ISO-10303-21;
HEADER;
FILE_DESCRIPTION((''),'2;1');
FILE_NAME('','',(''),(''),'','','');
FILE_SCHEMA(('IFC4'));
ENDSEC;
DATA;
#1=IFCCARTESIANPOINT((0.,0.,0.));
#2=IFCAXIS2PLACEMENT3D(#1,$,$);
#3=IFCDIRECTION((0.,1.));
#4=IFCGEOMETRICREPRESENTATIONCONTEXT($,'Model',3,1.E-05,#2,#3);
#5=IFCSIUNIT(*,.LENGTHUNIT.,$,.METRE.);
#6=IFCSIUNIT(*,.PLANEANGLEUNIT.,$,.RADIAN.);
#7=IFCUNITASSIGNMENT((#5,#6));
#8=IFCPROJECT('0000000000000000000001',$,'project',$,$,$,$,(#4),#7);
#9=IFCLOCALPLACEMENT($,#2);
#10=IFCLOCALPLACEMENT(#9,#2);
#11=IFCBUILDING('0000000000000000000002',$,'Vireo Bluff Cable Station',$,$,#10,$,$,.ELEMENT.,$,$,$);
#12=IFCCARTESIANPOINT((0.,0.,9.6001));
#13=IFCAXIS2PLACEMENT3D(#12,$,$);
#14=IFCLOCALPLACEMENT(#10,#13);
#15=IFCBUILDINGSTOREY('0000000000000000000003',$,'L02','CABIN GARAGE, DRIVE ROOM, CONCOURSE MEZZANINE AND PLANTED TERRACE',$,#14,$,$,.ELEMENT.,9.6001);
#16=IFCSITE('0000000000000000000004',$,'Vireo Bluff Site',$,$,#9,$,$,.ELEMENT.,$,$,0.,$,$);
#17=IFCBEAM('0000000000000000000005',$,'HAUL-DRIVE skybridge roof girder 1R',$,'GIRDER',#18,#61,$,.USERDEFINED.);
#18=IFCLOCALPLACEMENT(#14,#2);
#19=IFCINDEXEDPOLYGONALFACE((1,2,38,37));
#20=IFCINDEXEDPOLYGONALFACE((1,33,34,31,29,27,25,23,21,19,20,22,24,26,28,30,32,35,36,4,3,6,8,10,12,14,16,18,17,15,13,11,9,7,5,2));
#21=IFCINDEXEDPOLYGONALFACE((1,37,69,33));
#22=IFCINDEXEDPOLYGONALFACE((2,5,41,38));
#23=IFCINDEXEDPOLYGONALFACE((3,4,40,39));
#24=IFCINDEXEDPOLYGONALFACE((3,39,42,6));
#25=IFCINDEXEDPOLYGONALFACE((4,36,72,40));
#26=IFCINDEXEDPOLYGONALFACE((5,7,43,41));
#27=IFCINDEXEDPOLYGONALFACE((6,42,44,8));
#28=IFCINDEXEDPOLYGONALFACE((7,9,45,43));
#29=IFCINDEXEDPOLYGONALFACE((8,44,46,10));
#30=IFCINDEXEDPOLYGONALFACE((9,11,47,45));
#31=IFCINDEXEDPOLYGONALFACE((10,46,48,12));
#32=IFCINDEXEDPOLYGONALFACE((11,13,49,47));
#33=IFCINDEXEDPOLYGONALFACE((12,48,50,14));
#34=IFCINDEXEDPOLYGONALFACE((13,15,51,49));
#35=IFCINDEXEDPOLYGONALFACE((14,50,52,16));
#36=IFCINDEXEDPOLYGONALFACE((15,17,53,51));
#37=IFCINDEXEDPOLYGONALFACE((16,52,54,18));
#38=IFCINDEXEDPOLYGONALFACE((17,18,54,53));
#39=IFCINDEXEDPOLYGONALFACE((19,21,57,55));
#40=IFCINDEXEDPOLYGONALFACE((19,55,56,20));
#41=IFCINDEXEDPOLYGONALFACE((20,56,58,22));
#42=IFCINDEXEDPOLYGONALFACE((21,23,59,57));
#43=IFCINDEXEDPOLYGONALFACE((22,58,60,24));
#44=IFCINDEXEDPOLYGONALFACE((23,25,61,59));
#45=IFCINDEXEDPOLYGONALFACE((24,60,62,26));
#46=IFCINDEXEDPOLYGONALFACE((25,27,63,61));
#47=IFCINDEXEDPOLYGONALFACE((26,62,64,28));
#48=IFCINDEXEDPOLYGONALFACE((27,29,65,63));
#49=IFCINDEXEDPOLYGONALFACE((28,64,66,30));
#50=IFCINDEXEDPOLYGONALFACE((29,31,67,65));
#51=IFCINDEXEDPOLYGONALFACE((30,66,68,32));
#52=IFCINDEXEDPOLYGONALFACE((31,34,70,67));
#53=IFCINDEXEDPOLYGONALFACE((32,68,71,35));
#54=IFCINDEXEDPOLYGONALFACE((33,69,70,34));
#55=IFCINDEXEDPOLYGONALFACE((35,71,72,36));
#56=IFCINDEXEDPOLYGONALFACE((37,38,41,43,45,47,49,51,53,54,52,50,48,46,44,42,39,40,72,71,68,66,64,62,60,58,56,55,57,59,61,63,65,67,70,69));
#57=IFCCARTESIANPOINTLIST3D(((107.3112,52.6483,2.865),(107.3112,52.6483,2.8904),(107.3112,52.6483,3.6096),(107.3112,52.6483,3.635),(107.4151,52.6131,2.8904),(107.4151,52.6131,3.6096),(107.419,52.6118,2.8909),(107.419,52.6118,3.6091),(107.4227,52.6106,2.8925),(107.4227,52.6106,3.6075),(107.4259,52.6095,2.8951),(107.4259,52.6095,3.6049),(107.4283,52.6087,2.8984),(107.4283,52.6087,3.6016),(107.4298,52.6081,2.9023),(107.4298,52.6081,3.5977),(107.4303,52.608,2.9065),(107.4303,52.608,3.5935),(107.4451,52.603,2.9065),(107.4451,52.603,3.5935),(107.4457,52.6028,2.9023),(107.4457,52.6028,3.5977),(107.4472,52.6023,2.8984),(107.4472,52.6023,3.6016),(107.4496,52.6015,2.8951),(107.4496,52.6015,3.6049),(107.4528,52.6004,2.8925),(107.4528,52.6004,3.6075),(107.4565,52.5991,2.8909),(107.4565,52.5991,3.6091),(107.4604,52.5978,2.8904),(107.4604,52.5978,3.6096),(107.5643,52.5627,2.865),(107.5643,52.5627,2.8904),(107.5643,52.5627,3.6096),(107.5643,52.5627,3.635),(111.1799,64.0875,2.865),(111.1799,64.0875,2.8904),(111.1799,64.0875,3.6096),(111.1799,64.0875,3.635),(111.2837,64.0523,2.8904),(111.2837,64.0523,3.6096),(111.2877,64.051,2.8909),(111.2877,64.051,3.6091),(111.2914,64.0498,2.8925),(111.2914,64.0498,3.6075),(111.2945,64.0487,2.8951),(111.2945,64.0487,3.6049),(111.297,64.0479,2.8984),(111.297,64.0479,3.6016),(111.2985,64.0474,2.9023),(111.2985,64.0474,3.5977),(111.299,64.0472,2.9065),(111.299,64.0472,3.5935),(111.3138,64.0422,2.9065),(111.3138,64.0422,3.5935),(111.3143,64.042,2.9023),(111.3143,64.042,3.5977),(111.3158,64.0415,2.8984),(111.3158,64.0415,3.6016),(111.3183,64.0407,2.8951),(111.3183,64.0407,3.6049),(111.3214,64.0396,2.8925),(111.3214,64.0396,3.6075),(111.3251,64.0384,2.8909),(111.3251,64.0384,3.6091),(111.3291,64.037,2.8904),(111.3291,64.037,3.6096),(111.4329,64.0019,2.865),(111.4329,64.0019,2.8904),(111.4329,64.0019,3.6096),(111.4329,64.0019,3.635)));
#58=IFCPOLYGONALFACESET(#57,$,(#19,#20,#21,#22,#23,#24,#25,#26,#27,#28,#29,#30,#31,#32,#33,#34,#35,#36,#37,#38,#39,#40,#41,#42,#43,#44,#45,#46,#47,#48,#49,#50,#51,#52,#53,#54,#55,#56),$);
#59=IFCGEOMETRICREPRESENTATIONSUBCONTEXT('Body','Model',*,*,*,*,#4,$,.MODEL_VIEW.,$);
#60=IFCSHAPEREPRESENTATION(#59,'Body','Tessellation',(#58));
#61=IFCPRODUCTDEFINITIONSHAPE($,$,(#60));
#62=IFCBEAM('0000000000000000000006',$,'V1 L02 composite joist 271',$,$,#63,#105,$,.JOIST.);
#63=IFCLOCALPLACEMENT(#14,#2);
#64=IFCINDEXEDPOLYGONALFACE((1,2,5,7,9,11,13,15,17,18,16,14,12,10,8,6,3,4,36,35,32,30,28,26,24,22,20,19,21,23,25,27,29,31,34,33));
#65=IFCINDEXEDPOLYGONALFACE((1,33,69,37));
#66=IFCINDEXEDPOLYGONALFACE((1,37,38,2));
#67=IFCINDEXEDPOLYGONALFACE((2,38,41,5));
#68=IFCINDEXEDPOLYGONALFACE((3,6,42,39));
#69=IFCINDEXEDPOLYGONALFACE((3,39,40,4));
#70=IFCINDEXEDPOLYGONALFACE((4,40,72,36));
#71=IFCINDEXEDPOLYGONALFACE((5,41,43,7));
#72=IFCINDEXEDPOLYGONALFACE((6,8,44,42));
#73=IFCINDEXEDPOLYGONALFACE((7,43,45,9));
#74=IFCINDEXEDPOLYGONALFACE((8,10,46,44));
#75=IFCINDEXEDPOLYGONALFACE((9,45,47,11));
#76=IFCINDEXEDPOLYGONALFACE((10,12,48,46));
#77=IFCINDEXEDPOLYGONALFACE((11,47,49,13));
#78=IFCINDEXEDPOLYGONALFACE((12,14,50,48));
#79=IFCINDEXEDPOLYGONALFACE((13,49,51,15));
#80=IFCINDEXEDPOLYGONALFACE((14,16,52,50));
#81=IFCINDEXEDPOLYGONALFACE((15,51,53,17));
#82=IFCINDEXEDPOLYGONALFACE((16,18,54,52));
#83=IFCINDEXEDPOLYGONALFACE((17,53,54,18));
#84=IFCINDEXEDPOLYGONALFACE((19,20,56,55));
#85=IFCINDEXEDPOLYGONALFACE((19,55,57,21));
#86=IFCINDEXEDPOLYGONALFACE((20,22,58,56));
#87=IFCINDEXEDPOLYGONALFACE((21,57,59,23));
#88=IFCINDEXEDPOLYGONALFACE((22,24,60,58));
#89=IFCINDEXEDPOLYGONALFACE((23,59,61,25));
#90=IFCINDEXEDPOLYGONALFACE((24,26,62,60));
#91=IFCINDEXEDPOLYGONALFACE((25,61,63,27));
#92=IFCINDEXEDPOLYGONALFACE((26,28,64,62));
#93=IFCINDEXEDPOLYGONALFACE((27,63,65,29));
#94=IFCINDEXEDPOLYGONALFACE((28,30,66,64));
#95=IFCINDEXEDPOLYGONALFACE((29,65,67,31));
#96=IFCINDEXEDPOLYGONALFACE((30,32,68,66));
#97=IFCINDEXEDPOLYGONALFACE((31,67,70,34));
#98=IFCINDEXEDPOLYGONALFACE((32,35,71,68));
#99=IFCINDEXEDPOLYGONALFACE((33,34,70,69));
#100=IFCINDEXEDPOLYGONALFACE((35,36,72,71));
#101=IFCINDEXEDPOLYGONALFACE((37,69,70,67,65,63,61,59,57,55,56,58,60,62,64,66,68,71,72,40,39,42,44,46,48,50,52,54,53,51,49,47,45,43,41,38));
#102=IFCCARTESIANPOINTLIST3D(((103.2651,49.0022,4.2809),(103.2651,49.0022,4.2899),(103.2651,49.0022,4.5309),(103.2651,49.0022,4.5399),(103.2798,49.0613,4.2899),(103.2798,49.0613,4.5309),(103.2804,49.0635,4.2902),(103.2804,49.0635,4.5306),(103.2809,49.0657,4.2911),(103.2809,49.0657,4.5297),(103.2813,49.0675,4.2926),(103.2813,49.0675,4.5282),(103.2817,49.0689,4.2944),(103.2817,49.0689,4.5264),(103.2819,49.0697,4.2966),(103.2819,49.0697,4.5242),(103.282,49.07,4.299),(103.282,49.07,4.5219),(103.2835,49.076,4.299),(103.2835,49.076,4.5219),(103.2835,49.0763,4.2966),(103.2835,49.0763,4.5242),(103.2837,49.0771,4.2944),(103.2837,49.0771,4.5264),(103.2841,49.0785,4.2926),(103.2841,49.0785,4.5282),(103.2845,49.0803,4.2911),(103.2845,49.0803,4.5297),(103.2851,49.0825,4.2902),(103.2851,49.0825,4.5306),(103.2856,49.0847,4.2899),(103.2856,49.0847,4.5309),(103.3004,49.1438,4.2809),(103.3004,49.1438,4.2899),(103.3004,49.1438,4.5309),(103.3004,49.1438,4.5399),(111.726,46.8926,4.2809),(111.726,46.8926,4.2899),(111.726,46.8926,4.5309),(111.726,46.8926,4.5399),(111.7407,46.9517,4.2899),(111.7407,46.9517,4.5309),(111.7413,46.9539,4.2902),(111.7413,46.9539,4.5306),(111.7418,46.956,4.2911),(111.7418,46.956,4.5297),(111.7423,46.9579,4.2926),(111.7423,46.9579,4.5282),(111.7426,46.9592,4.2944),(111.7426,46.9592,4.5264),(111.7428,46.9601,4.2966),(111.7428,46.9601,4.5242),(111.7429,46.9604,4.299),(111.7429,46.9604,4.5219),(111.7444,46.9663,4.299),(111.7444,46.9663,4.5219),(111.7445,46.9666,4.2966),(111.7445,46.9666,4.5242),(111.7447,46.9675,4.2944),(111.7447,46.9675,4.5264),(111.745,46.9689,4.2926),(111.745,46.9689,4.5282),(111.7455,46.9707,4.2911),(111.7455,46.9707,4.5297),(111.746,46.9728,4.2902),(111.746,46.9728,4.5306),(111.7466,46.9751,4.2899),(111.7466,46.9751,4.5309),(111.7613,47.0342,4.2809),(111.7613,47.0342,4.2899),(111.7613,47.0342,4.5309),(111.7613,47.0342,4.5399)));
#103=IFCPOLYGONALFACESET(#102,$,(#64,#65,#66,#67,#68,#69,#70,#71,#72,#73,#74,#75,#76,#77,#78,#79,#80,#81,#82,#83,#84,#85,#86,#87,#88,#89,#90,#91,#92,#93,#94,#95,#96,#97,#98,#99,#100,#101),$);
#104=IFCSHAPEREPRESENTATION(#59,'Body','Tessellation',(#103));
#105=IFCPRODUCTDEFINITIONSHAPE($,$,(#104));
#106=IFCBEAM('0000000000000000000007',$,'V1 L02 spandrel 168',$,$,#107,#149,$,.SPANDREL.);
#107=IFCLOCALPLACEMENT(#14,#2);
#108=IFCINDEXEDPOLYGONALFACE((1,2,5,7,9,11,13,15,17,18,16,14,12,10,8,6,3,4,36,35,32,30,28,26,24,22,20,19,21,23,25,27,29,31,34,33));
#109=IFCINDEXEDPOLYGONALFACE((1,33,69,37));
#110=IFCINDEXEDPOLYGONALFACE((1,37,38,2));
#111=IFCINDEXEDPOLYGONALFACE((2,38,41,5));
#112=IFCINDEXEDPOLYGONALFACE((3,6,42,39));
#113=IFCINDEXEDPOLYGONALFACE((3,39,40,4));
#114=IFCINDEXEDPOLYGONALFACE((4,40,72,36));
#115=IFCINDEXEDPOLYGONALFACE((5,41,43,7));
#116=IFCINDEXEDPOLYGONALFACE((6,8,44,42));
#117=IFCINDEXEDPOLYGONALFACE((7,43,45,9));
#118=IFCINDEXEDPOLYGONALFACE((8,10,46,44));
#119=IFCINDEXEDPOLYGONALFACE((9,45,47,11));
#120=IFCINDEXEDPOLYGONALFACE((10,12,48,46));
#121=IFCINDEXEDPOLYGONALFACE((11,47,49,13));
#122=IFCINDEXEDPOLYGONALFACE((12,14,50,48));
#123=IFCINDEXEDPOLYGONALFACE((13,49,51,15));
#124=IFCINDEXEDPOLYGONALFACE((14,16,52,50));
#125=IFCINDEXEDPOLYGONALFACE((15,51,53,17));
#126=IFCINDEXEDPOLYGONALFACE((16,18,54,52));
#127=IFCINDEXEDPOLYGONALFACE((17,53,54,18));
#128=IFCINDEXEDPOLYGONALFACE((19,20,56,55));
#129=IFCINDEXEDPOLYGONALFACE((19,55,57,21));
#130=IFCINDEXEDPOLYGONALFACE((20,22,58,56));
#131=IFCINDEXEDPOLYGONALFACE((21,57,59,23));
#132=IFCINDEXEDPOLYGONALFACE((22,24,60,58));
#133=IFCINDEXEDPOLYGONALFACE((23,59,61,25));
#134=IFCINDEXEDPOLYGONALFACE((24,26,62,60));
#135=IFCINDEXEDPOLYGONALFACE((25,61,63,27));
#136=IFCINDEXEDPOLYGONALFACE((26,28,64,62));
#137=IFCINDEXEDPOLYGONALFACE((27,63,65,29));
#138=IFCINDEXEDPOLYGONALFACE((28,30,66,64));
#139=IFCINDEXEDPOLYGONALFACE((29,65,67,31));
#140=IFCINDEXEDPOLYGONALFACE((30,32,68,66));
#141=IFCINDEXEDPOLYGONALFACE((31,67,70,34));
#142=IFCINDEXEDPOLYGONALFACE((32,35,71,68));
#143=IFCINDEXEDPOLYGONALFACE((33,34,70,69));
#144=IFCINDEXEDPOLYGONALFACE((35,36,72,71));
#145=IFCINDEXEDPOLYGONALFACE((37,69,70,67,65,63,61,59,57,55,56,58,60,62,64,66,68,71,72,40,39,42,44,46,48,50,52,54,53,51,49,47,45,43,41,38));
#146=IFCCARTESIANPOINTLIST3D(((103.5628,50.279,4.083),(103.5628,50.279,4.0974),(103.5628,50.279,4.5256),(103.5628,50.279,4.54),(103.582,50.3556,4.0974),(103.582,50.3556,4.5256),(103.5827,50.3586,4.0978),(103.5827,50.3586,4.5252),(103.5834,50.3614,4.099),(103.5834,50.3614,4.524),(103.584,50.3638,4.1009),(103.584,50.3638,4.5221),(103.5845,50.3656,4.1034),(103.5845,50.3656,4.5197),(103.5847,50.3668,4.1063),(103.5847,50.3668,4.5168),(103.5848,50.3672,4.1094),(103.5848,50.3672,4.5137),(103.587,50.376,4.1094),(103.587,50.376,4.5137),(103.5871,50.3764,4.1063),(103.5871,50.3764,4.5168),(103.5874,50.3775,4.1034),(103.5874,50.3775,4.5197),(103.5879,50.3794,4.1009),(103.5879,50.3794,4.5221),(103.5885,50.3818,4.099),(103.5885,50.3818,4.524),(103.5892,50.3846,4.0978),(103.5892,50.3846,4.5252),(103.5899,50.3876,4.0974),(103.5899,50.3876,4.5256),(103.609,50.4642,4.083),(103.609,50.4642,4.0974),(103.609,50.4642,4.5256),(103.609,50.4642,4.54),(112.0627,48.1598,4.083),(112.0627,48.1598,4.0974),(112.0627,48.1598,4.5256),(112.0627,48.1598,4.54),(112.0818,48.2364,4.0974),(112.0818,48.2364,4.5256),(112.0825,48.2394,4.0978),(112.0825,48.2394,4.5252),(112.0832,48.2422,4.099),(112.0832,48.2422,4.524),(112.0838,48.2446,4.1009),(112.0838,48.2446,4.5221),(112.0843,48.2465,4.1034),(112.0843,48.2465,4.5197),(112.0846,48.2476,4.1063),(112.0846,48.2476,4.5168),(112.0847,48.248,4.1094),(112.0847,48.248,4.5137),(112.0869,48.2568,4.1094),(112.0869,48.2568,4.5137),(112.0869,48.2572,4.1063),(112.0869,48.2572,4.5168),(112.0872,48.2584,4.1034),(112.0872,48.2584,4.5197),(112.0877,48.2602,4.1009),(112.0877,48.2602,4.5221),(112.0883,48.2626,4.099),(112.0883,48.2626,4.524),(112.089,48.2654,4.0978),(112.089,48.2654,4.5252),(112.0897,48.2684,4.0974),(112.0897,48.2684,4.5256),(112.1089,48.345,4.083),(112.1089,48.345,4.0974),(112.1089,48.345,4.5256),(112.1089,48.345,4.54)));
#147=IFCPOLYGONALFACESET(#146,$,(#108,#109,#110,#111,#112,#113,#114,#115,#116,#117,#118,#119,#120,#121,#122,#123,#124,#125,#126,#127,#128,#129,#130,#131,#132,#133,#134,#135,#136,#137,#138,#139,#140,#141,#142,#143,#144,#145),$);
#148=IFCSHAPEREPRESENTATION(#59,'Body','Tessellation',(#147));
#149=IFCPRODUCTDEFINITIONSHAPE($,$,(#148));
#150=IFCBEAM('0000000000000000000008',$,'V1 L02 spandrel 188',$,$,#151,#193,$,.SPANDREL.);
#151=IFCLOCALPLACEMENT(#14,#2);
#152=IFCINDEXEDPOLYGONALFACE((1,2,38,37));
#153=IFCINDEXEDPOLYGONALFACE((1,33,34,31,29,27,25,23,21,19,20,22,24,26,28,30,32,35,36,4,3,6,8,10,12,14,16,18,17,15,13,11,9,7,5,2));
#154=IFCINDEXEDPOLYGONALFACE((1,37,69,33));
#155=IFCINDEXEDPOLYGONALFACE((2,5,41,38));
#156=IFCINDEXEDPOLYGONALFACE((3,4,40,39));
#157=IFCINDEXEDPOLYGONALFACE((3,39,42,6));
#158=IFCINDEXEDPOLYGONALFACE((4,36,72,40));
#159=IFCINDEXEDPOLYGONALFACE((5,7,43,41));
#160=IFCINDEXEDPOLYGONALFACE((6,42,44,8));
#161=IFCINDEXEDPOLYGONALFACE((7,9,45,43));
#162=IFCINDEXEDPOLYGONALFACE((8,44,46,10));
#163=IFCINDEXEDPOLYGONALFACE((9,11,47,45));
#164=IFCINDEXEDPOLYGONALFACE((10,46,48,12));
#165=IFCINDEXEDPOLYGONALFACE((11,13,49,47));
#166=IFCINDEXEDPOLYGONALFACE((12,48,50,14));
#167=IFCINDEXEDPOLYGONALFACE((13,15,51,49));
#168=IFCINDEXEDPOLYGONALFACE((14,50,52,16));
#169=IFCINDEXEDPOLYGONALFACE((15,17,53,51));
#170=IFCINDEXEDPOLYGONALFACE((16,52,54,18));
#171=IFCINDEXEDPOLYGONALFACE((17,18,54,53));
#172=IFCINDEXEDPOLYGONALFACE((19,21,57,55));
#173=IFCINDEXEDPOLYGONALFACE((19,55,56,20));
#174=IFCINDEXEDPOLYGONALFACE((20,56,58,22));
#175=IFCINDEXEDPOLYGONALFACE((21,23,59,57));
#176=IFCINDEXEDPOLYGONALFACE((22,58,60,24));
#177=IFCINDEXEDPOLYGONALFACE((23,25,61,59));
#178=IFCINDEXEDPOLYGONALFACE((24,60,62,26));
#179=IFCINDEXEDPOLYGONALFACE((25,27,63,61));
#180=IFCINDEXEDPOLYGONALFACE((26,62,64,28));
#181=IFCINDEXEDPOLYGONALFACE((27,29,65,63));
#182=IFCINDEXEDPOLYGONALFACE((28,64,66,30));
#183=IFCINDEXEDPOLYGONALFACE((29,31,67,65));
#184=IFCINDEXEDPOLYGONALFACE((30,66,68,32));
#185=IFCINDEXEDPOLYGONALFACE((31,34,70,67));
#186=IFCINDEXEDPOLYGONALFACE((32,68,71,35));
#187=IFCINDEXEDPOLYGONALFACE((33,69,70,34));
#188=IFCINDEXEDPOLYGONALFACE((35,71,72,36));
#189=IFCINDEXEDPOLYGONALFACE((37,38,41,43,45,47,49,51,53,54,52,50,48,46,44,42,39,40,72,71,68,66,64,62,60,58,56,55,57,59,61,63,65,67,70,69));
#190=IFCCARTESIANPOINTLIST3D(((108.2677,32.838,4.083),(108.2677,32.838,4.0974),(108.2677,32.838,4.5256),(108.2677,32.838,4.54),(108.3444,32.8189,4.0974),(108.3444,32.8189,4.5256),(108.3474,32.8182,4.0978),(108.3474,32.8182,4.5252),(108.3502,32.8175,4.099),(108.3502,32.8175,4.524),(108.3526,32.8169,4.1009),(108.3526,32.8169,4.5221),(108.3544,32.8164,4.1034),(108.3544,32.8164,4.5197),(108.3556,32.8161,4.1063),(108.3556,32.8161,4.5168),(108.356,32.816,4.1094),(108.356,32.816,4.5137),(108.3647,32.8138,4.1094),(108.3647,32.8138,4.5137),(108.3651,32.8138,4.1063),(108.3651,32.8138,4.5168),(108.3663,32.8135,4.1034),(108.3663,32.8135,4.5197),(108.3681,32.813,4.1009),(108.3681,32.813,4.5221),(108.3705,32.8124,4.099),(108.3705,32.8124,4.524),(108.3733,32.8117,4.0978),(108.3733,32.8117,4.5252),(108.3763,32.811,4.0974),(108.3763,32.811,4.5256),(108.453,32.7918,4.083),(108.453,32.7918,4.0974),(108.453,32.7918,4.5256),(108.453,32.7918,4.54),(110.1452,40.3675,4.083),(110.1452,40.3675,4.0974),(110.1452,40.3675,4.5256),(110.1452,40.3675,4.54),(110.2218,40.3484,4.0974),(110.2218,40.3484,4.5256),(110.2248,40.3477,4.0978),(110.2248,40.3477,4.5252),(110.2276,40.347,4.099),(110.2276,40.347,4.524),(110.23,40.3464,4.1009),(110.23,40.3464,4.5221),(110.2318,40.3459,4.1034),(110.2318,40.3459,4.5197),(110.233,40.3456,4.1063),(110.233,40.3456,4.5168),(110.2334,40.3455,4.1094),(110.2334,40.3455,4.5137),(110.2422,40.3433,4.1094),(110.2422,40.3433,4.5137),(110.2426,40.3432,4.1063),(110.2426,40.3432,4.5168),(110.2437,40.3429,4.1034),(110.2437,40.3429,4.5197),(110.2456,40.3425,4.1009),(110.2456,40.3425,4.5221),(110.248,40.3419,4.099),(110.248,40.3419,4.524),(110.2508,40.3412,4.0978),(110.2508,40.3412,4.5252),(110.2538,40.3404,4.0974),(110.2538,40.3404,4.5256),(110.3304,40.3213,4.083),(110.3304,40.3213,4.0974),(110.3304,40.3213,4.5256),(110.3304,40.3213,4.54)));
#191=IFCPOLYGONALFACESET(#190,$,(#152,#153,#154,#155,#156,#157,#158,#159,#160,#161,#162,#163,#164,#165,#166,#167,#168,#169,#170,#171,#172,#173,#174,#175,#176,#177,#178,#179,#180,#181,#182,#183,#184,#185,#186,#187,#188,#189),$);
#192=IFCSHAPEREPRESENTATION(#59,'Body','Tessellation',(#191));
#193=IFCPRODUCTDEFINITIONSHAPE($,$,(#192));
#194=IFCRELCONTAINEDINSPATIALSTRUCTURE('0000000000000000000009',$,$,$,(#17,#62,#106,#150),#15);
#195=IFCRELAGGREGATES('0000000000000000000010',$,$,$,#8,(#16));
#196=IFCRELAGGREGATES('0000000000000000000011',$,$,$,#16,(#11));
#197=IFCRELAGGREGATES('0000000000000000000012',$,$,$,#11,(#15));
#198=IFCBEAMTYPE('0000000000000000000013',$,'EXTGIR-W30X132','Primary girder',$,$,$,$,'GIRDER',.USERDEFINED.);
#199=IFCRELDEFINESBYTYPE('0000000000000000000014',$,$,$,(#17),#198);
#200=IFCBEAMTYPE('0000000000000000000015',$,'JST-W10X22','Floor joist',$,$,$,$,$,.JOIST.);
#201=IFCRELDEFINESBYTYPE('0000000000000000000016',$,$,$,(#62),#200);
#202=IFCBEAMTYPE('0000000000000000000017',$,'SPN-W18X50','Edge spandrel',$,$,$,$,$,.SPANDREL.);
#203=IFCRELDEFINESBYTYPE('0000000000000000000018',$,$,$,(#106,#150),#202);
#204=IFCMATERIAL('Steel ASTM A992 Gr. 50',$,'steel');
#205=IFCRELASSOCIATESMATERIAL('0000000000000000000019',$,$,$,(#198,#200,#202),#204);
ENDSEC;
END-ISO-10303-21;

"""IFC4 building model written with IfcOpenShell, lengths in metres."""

from ifc_helpers import new_model, si_unit, direction, frame, origin, origin_2d, place, context, subcontext, project, spatial, i_section, extrude, material, material_profile, profile_set, type_object, element, save


model = new_model("IFC4")

# Units and contexts
model_context = context("Model", 3, precision=1e-05, world=origin(), true_north=direction((0.0, 1.0)))
body_context = subcontext(model_context, "Body", "Model", "MODEL_VIEW")
ifc_project = project(units=[si_unit("LENGTHUNIT", "METRE"), si_unit("PLANEANGLEUNIT", "RADIAN")], contexts=[model_context])

# Site, building, storey
site_placement = place(None, origin())
site = spatial("IfcSite", under=ifc_project, at=site_placement, Name="Vireo Bluff Site", CompositionType="ELEMENT", RefElevation=0.0)
building_placement = place(site_placement, origin())
building = spatial("IfcBuilding", under=site, at=building_placement, Name="Vireo Bluff Cable Station", CompositionType="ELEMENT")
storey_placement = place(building_placement, frame((0.0, 0.0, 9.6001)))
storey = spatial("IfcBuildingStorey", under=building, at=storey_placement, Name="L02", Description="CABIN GARAGE, DRIVE ROOM, CONCOURSE MEZZANINE AND PLANTED TERRACE", CompositionType="ELEMENT", Elevation=9.6001)

# Shared definitions
ifc_material_1 = material(Name="Steel ASTM A992 Gr. 50", Category="steel")

# Beams
ifc_material_profile_1 = material_profile(ifc_material_1, i_section(OverallWidth=0.2671, OverallDepth=0.77, WebThickness=0.0156, FlangeThickness=0.0254, FilletRadius=0.0161, at=origin_2d()), Name="W30X132")
ifc_profile_set_1 = profile_set([ifc_material_profile_1], Name="Steel ASTM A992 Gr. 50")
beam_type_1 = type_object("IfcBeamType", Name="EXTGIR-W30X132", Description="Primary girder", ElementType="GIRDER", PredefinedType="USERDEFINED", material=ifc_profile_set_1)
beam_1_placement = place(storey_placement, frame((107.4377, 52.6055, 3.25), z_axis=(0.320367, 0.947293, 0.0), x_axis=(-0.947293, 0.320367, 0.0)))
element("IfcBeam", 1, at=beam_1_placement, inside=storey, type_object=beam_type_1, Name="HAUL-DRIVE skybridge roof girder 1R", ObjectType="GIRDER", PredefinedType="USERDEFINED", context=body_context, shape_type="SweptSolid", body=[
    extrude(i_section(OverallWidth=0.2671, OverallDepth=0.77, WebThickness=0.0156, FlangeThickness=0.0254, FilletRadius=0.0161, at=origin_2d()), origin(), (0.0, 0.0, 1.0), 12.0757),
])
ifc_material_profile_2 = material_profile(ifc_material_1, i_section(OverallWidth=0.146, OverallDepth=0.259, WebThickness=0.0061, FlangeThickness=0.009, FilletRadius=0.009, at=origin_2d()), Name="W10X22")
ifc_profile_set_2 = profile_set([ifc_material_profile_2], Name="Steel ASTM A992 Gr. 50")
beam_type_2 = type_object("IfcBeamType", Name="JST-W10X22", Description="Floor joist", PredefinedType="JOIST", material=ifc_profile_set_2)
beam_2_placement = place(storey_placement, frame((103.2827, 49.073, 4.4104), z_axis=(0.970294, -0.24193, 0.0), x_axis=(0.24193, 0.970294, 0.0)))
element("IfcBeam", 2, at=beam_2_placement, inside=storey, type_object=beam_type_2, Name="V1 L02 composite joist 271", PredefinedType="JOIST", context=body_context, shape_type="SweptSolid", body=[
    extrude(i_section(OverallWidth=0.146, OverallDepth=0.259, WebThickness=0.0061, FlangeThickness=0.009, FilletRadius=0.009, at=origin_2d()), origin(), (0.0, 0.0, 1.0), 8.72),
])
ifc_material_profile_3 = material_profile(ifc_material_1, i_section(OverallWidth=0.1909, OverallDepth=0.457, WebThickness=0.009, FlangeThickness=0.0144, FilletRadius=0.012, at=origin_2d()), Name="W18X50")
ifc_profile_set_3 = profile_set([ifc_material_profile_3], Name="Steel ASTM A992 Gr. 50")
beam_type_3 = type_object("IfcBeamType", Name="SPN-W18X50", Description="Edge spandrel", PredefinedType="SPANDREL", material=ifc_profile_set_3)
beam_3_placement = place(storey_placement, frame((103.5859, 50.3716, 4.3115), z_axis=(0.970298, -0.241913, 0.0), x_axis=(0.241913, 0.970298, 0.0)))
element("IfcBeam", 3, at=beam_3_placement, inside=storey, type_object=beam_type_3, Name="V1 L02 spandrel 168", PredefinedType="SPANDREL", context=body_context, shape_type="SweptSolid", body=[
    extrude(i_section(OverallWidth=0.1909, OverallDepth=0.457, WebThickness=0.009, FlangeThickness=0.0144, FilletRadius=0.012, at=origin_2d()), origin(), (0.0, 0.0, 1.0), 8.76),
])
beam_4_placement = place(storey_placement, frame((108.3604, 32.8149, 4.3115), z_axis=(0.241936, 0.970292, 0.0), x_axis=(-0.970292, 0.241936, 0.0)))
element("IfcBeam", 4, at=beam_4_placement, inside=storey, type_object=beam_type_3, Name="V1 L02 spandrel 188", PredefinedType="SPANDREL", context=body_context, shape_type="SweptSolid", body=[
    extrude(i_section(OverallWidth=0.1909, OverallDepth=0.457, WebThickness=0.009, FlangeThickness=0.0144, FilletRadius=0.012, at=origin_2d()), origin(), (0.0, 0.0, 1.0), 7.76),
])

save(model, "model.ifc")
